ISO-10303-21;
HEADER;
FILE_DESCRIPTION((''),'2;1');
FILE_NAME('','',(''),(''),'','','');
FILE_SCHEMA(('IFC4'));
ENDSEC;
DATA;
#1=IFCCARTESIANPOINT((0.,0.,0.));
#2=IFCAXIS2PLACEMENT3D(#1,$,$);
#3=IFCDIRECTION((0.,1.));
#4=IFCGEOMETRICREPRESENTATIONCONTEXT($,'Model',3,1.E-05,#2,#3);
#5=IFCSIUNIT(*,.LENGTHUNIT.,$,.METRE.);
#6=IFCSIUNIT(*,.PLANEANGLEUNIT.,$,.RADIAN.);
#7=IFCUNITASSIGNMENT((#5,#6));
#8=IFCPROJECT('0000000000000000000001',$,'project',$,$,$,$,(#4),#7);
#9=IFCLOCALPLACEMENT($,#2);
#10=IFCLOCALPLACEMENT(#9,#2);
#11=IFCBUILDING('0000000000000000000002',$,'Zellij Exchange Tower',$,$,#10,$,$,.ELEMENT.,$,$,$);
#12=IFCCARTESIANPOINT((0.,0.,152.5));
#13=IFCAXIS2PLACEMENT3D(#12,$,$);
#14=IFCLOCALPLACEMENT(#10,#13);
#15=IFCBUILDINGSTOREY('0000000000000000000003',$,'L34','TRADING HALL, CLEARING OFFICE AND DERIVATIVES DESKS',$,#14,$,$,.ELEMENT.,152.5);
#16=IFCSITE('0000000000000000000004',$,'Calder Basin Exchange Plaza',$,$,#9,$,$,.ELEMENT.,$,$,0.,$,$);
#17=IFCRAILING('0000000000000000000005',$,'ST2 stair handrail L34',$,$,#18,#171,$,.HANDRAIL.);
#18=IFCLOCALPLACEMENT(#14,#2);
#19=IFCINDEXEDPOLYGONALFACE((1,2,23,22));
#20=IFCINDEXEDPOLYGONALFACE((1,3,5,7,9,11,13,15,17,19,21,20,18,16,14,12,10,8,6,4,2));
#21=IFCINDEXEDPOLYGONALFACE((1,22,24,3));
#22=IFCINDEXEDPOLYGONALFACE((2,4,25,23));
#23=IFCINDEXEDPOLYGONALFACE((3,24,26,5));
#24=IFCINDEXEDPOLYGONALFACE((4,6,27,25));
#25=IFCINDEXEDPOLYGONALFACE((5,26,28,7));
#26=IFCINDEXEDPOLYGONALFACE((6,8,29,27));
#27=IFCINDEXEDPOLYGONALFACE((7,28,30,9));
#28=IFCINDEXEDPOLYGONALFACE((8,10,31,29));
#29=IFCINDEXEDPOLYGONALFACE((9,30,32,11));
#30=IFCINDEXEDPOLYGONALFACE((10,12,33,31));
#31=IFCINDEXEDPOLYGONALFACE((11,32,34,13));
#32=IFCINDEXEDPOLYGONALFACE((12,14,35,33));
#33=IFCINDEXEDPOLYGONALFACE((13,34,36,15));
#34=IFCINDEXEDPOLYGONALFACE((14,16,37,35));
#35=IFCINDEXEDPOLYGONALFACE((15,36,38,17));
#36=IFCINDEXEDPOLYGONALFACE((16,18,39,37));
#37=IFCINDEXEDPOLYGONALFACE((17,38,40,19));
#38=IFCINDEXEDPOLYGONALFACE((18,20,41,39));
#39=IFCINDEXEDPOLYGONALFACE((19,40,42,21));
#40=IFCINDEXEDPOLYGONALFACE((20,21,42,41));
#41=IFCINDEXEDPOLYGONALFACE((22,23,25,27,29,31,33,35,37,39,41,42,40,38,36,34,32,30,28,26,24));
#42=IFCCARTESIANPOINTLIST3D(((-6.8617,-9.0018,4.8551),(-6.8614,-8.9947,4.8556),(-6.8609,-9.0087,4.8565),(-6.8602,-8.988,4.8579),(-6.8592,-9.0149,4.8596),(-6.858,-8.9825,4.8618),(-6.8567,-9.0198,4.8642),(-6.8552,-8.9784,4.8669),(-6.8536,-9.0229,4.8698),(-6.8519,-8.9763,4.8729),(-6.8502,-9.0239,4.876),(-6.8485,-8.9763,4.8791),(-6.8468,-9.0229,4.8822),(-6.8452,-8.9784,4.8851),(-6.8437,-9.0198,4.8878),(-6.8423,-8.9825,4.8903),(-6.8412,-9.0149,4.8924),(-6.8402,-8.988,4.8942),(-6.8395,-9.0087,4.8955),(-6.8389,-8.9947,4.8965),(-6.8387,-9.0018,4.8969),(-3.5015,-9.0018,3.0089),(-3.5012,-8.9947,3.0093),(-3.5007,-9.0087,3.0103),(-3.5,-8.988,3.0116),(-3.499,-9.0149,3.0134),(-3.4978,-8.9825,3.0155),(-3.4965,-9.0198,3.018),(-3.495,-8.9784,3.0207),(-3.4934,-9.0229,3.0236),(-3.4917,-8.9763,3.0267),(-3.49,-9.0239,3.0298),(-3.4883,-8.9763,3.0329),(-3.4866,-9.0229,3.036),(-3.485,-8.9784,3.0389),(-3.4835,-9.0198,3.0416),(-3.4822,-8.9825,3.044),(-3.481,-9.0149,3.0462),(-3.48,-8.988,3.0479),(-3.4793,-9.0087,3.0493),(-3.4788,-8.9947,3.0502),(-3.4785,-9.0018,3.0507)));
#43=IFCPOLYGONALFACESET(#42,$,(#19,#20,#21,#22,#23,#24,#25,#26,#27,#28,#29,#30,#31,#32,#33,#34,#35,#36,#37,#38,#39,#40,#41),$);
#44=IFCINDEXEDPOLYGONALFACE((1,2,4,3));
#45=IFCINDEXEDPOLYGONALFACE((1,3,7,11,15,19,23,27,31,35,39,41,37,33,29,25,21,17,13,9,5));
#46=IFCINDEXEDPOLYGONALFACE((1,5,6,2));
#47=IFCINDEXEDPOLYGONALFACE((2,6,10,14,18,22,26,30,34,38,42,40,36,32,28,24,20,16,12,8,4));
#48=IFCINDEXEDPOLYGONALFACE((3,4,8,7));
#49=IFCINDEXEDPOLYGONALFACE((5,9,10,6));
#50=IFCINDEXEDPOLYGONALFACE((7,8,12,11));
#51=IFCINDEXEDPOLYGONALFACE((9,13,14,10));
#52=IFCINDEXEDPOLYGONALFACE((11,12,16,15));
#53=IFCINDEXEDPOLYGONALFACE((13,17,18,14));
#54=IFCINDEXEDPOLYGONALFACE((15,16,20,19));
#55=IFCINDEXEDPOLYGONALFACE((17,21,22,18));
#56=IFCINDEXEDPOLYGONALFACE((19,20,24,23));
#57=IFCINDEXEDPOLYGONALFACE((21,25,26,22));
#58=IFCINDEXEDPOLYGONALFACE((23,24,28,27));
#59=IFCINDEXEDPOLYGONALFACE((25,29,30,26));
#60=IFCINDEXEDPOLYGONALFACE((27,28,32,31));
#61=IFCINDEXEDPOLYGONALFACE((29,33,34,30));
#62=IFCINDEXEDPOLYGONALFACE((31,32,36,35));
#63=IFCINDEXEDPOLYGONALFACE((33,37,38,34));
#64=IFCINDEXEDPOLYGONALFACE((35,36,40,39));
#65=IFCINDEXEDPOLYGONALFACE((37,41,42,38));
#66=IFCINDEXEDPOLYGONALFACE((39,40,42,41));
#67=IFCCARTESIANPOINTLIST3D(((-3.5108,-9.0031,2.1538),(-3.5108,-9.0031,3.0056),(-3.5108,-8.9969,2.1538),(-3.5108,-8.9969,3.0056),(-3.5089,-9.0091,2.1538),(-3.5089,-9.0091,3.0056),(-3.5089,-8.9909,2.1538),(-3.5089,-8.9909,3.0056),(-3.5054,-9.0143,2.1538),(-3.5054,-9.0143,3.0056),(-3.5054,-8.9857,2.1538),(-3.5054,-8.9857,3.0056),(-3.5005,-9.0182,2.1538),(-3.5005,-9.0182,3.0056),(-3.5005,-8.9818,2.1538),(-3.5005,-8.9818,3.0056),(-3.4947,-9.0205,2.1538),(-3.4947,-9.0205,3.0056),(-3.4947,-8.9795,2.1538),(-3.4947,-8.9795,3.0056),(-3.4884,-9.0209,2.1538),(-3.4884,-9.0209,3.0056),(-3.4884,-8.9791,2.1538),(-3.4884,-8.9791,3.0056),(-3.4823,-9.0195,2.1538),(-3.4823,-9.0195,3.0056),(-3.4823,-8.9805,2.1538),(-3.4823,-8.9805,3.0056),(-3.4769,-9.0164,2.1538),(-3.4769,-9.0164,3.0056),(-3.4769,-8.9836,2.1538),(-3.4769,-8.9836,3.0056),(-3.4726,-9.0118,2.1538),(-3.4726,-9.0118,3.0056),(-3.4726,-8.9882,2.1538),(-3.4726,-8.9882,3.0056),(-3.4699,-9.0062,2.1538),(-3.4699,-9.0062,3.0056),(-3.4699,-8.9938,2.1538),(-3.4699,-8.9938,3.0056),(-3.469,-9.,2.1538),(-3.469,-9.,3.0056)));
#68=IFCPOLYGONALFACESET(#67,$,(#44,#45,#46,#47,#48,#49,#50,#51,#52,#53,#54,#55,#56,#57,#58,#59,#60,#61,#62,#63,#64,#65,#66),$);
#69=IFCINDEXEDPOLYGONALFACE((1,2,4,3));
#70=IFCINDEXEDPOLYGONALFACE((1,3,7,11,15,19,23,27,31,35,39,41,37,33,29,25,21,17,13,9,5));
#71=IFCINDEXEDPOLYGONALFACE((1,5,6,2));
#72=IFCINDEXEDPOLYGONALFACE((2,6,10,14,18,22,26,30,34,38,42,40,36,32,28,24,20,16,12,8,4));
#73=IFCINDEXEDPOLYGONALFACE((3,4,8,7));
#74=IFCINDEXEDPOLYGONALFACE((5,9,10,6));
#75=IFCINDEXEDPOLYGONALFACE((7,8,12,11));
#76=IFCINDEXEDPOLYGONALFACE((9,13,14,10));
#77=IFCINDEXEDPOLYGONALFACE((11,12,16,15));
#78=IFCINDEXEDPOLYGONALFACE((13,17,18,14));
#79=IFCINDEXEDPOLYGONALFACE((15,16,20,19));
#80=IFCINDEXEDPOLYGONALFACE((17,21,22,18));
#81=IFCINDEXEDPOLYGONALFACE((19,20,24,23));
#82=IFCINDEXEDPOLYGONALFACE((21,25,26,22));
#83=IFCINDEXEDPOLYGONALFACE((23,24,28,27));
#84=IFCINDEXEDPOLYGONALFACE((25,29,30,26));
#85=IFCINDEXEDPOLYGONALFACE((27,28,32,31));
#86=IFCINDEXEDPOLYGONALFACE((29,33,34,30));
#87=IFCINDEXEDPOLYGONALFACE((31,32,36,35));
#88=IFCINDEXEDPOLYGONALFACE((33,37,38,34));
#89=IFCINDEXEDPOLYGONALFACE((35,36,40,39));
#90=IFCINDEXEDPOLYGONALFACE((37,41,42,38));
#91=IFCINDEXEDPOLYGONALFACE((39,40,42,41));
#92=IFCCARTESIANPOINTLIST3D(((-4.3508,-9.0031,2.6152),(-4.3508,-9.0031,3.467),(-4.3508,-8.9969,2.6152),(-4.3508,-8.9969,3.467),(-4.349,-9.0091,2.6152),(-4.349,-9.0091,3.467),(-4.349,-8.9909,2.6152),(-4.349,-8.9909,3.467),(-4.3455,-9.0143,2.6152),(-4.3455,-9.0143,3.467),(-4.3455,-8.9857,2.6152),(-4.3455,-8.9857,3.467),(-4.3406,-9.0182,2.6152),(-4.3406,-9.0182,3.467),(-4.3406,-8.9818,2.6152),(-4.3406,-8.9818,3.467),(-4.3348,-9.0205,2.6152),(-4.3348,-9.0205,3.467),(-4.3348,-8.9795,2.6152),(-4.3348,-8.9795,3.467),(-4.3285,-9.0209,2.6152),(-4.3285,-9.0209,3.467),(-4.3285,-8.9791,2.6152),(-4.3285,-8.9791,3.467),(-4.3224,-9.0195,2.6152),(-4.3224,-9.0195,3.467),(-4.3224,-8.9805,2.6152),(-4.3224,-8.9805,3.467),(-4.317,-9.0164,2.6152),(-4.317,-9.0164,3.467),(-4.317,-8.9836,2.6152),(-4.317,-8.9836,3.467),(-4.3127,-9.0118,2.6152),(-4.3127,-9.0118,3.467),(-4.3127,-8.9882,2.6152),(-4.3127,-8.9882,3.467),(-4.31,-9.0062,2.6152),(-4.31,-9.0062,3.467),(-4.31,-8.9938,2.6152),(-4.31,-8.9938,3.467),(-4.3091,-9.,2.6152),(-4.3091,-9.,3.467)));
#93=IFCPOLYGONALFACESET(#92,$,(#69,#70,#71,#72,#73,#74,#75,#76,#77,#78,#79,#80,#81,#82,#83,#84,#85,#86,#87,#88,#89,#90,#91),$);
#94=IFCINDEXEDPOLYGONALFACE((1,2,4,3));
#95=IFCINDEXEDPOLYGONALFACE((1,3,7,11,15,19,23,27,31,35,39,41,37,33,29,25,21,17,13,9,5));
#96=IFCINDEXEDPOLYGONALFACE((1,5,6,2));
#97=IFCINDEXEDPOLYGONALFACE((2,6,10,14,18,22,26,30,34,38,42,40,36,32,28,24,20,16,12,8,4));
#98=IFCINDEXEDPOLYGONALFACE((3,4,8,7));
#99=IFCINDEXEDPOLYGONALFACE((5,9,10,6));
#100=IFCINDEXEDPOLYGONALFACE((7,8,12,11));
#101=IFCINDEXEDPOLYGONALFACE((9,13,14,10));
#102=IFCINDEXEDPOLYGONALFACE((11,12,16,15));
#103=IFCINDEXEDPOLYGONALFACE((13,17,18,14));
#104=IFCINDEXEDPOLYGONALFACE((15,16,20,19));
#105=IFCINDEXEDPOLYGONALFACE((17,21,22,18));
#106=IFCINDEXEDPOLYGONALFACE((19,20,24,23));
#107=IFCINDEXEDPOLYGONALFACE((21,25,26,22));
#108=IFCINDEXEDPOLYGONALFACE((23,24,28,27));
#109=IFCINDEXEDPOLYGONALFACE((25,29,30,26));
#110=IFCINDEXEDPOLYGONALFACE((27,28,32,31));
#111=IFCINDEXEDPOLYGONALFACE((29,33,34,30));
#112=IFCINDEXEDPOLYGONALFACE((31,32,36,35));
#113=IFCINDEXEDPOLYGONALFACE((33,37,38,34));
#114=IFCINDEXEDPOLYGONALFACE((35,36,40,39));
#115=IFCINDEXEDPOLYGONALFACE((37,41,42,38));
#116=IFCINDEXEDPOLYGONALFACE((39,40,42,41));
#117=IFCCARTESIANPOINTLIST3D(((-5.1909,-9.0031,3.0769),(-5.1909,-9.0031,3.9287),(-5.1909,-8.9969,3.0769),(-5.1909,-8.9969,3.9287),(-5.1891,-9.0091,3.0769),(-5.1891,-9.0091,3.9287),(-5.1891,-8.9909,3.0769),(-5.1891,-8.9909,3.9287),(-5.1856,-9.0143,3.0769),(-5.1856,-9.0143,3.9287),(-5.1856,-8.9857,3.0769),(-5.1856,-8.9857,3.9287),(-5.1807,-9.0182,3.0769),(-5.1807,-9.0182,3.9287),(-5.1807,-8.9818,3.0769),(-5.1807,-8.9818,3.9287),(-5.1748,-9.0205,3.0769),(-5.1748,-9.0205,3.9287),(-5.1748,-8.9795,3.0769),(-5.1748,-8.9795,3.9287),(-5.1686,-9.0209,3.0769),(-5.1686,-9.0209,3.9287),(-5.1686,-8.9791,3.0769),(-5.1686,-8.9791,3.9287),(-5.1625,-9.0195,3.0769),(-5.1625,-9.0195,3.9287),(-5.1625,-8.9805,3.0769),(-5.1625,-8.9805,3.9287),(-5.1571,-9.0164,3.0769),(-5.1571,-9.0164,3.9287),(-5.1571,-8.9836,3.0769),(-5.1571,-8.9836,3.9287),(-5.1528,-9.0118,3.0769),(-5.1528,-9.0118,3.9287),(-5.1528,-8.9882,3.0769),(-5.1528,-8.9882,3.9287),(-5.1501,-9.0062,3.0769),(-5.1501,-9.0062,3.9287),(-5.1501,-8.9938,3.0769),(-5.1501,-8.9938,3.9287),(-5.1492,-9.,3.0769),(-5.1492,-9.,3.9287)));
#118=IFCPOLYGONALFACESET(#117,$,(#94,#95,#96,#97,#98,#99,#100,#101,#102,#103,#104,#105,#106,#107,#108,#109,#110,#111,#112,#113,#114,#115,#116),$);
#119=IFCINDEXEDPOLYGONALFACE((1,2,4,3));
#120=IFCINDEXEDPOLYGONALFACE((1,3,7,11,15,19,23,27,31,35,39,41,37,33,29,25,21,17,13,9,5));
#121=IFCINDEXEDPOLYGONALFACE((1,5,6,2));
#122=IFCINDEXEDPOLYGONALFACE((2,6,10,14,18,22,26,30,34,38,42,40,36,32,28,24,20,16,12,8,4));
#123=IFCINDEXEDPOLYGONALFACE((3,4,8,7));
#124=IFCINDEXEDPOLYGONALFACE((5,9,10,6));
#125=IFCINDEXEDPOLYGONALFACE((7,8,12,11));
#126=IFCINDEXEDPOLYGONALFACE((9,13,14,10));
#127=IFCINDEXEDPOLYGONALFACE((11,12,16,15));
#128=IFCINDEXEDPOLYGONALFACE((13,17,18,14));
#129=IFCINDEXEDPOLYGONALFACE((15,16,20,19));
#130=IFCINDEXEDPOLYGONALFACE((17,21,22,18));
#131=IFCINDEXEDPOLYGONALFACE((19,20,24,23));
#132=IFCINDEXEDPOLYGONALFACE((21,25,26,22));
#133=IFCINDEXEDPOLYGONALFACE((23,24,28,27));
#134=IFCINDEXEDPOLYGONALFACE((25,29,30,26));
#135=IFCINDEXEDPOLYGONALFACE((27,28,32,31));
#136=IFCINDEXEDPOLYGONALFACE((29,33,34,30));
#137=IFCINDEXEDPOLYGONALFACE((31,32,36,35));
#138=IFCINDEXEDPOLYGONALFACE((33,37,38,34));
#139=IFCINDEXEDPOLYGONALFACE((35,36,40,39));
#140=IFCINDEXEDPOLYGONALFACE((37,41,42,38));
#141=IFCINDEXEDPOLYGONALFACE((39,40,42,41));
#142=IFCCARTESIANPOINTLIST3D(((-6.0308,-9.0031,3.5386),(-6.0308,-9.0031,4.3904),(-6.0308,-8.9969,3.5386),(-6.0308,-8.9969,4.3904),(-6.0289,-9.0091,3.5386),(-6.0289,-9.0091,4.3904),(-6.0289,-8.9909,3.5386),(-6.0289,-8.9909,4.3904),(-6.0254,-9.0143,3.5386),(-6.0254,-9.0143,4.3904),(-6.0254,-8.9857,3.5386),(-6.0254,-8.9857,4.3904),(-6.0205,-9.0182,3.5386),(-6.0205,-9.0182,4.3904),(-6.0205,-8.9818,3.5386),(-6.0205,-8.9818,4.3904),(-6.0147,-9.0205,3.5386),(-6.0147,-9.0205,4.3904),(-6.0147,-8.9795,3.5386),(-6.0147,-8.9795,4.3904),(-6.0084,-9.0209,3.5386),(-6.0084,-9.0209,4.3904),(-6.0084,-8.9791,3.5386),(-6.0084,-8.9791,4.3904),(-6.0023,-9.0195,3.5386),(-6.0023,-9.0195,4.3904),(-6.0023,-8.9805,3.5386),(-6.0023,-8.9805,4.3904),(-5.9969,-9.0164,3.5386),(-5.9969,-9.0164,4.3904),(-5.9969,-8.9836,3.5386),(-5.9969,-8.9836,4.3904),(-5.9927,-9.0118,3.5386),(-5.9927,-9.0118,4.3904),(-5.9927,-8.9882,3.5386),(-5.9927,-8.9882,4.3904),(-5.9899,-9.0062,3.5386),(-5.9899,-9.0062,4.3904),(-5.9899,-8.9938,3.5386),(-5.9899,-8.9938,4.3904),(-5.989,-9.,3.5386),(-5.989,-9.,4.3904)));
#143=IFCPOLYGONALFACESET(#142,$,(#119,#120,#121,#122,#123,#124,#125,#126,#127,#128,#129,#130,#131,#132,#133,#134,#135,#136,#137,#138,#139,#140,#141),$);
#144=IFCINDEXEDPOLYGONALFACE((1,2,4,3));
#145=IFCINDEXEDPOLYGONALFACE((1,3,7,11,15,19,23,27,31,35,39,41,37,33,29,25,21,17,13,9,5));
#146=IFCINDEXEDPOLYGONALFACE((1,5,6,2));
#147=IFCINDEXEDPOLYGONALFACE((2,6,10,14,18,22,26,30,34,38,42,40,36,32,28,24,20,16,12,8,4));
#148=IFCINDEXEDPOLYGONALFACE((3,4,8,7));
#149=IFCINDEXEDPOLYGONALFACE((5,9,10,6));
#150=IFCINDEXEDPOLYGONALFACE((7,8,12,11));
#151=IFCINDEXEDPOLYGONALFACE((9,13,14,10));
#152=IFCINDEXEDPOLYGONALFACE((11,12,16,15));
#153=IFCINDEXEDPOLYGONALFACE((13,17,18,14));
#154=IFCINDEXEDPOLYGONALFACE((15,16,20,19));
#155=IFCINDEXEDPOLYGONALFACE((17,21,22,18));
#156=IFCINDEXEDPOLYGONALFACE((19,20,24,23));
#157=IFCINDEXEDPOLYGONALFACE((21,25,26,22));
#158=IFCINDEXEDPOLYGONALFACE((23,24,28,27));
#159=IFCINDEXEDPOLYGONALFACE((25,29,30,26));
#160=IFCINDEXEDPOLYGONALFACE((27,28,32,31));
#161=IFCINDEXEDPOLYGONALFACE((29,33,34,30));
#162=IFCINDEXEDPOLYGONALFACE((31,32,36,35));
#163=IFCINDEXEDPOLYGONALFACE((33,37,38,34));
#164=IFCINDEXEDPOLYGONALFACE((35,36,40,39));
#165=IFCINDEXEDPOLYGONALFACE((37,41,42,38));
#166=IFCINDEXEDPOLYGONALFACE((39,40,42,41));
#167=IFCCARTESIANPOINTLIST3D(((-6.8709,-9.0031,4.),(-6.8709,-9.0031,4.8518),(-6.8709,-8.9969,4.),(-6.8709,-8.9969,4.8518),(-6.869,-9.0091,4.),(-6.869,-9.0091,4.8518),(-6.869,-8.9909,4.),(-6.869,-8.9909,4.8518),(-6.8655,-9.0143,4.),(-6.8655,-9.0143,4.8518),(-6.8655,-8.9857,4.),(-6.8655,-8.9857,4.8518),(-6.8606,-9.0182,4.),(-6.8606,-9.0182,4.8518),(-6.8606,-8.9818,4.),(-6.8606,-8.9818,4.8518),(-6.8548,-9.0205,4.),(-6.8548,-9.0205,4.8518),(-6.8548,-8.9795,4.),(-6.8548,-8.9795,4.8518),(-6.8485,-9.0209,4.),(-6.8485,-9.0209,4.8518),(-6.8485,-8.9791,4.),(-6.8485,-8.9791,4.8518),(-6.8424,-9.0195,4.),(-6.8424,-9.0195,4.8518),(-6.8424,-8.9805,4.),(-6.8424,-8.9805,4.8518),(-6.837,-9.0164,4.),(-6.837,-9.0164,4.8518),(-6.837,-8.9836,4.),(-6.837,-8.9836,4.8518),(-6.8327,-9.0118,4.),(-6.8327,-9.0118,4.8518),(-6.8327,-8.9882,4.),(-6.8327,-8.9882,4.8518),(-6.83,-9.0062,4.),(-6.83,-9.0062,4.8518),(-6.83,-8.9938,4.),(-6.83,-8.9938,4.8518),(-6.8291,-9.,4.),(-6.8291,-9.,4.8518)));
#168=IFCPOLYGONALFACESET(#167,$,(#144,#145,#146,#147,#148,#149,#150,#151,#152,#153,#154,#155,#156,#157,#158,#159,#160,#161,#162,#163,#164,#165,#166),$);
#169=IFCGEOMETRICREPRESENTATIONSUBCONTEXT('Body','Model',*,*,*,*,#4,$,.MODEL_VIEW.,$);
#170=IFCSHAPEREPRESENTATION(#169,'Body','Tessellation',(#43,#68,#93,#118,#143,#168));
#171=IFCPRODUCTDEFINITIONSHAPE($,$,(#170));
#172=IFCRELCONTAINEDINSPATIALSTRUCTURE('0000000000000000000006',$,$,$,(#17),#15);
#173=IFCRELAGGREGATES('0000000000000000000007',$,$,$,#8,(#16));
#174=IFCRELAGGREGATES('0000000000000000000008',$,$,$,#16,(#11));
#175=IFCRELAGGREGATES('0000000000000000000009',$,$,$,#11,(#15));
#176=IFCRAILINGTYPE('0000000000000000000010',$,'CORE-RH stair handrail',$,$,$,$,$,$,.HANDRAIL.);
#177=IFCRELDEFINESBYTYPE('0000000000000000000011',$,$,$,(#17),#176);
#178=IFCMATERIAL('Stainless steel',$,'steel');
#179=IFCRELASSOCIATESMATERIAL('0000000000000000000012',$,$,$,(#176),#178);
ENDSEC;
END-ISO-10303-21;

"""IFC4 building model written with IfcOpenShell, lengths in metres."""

from ifc_helpers import new_model, si_unit, direction, frame, origin, origin_2d, place, context, subcontext, project, spatial, circle, extrude, material, type_object, element, save


model = new_model("IFC4")

# Units and contexts
model_context = context("Model", 3, precision=1e-05, world=origin(), true_north=direction((0.0, 1.0)))
body_context = subcontext(model_context, "Body", "Model", "MODEL_VIEW")
ifc_project = project(units=[si_unit("LENGTHUNIT", "METRE"), si_unit("PLANEANGLEUNIT", "RADIAN")], contexts=[model_context])

# Site, building, storey
site_placement = place(None, origin())
site = spatial("IfcSite", under=ifc_project, at=site_placement, Name="Calder Basin Exchange Plaza", CompositionType="ELEMENT", RefElevation=0.0)
building_placement = place(site_placement, origin())
building = spatial("IfcBuilding", under=site, at=building_placement, Name="Zellij Exchange Tower", CompositionType="ELEMENT")
storey_placement = place(building_placement, frame((0.0, 0.0, 152.5)))
storey = spatial("IfcBuildingStorey", under=building, at=storey_placement, Name="L34", Description="TRADING HALL, CLEARING OFFICE AND DERIVATIVES DESKS", CompositionType="ELEMENT", Elevation=152.5)

# Railing
ifc_material_1 = material(Name="Stainless steel", Category="steel")
railing_type_1 = type_object("IfcRailingType", Name="CORE-RH stair handrail", PredefinedType="HANDRAIL", material=ifc_material_1)
railing_1_placement = place(storey_placement, frame((-3.49, -9.0, 2.1538)))
element("IfcRailing", 1, at=railing_1_placement, inside=storey, type_object=railing_type_1, Name="ST2 stair handrail L34", PredefinedType="HANDRAIL", context=body_context, shape_type="SweptSolid", body=[
    extrude(circle(Radius=0.0239, at=origin_2d()), frame((0.0, 0.0, 0.876), z_axis=(-0.876422, 0.0, 0.481545), x_axis=(0.0, -1.0, 0.0)), (0.0, 0.0, 1.0), 3.834),
    extrude(circle(Radius=0.021, at=origin_2d()), origin(), (0.0, 0.0, 1.0), 0.8518),
    extrude(circle(Radius=0.021, at=origin_2d()), frame((-0.8401, 0.0, 0.4614)), (0.0, 0.0, 1.0), 0.8518),
    extrude(circle(Radius=0.021, at=origin_2d()), frame((-1.6802, 0.0, 0.9231)), (0.0, 0.0, 1.0), 0.8518),
    extrude(circle(Radius=0.021, at=origin_2d()), frame((-2.52, 0.0, 1.3848)), (0.0, 0.0, 1.0), 0.8518),
    extrude(circle(Radius=0.021, at=origin_2d()), frame((-3.3601, 0.0, 1.8462)), (0.0, 0.0, 1.0), 0.8518),
])

save(model, "model.ifc")
